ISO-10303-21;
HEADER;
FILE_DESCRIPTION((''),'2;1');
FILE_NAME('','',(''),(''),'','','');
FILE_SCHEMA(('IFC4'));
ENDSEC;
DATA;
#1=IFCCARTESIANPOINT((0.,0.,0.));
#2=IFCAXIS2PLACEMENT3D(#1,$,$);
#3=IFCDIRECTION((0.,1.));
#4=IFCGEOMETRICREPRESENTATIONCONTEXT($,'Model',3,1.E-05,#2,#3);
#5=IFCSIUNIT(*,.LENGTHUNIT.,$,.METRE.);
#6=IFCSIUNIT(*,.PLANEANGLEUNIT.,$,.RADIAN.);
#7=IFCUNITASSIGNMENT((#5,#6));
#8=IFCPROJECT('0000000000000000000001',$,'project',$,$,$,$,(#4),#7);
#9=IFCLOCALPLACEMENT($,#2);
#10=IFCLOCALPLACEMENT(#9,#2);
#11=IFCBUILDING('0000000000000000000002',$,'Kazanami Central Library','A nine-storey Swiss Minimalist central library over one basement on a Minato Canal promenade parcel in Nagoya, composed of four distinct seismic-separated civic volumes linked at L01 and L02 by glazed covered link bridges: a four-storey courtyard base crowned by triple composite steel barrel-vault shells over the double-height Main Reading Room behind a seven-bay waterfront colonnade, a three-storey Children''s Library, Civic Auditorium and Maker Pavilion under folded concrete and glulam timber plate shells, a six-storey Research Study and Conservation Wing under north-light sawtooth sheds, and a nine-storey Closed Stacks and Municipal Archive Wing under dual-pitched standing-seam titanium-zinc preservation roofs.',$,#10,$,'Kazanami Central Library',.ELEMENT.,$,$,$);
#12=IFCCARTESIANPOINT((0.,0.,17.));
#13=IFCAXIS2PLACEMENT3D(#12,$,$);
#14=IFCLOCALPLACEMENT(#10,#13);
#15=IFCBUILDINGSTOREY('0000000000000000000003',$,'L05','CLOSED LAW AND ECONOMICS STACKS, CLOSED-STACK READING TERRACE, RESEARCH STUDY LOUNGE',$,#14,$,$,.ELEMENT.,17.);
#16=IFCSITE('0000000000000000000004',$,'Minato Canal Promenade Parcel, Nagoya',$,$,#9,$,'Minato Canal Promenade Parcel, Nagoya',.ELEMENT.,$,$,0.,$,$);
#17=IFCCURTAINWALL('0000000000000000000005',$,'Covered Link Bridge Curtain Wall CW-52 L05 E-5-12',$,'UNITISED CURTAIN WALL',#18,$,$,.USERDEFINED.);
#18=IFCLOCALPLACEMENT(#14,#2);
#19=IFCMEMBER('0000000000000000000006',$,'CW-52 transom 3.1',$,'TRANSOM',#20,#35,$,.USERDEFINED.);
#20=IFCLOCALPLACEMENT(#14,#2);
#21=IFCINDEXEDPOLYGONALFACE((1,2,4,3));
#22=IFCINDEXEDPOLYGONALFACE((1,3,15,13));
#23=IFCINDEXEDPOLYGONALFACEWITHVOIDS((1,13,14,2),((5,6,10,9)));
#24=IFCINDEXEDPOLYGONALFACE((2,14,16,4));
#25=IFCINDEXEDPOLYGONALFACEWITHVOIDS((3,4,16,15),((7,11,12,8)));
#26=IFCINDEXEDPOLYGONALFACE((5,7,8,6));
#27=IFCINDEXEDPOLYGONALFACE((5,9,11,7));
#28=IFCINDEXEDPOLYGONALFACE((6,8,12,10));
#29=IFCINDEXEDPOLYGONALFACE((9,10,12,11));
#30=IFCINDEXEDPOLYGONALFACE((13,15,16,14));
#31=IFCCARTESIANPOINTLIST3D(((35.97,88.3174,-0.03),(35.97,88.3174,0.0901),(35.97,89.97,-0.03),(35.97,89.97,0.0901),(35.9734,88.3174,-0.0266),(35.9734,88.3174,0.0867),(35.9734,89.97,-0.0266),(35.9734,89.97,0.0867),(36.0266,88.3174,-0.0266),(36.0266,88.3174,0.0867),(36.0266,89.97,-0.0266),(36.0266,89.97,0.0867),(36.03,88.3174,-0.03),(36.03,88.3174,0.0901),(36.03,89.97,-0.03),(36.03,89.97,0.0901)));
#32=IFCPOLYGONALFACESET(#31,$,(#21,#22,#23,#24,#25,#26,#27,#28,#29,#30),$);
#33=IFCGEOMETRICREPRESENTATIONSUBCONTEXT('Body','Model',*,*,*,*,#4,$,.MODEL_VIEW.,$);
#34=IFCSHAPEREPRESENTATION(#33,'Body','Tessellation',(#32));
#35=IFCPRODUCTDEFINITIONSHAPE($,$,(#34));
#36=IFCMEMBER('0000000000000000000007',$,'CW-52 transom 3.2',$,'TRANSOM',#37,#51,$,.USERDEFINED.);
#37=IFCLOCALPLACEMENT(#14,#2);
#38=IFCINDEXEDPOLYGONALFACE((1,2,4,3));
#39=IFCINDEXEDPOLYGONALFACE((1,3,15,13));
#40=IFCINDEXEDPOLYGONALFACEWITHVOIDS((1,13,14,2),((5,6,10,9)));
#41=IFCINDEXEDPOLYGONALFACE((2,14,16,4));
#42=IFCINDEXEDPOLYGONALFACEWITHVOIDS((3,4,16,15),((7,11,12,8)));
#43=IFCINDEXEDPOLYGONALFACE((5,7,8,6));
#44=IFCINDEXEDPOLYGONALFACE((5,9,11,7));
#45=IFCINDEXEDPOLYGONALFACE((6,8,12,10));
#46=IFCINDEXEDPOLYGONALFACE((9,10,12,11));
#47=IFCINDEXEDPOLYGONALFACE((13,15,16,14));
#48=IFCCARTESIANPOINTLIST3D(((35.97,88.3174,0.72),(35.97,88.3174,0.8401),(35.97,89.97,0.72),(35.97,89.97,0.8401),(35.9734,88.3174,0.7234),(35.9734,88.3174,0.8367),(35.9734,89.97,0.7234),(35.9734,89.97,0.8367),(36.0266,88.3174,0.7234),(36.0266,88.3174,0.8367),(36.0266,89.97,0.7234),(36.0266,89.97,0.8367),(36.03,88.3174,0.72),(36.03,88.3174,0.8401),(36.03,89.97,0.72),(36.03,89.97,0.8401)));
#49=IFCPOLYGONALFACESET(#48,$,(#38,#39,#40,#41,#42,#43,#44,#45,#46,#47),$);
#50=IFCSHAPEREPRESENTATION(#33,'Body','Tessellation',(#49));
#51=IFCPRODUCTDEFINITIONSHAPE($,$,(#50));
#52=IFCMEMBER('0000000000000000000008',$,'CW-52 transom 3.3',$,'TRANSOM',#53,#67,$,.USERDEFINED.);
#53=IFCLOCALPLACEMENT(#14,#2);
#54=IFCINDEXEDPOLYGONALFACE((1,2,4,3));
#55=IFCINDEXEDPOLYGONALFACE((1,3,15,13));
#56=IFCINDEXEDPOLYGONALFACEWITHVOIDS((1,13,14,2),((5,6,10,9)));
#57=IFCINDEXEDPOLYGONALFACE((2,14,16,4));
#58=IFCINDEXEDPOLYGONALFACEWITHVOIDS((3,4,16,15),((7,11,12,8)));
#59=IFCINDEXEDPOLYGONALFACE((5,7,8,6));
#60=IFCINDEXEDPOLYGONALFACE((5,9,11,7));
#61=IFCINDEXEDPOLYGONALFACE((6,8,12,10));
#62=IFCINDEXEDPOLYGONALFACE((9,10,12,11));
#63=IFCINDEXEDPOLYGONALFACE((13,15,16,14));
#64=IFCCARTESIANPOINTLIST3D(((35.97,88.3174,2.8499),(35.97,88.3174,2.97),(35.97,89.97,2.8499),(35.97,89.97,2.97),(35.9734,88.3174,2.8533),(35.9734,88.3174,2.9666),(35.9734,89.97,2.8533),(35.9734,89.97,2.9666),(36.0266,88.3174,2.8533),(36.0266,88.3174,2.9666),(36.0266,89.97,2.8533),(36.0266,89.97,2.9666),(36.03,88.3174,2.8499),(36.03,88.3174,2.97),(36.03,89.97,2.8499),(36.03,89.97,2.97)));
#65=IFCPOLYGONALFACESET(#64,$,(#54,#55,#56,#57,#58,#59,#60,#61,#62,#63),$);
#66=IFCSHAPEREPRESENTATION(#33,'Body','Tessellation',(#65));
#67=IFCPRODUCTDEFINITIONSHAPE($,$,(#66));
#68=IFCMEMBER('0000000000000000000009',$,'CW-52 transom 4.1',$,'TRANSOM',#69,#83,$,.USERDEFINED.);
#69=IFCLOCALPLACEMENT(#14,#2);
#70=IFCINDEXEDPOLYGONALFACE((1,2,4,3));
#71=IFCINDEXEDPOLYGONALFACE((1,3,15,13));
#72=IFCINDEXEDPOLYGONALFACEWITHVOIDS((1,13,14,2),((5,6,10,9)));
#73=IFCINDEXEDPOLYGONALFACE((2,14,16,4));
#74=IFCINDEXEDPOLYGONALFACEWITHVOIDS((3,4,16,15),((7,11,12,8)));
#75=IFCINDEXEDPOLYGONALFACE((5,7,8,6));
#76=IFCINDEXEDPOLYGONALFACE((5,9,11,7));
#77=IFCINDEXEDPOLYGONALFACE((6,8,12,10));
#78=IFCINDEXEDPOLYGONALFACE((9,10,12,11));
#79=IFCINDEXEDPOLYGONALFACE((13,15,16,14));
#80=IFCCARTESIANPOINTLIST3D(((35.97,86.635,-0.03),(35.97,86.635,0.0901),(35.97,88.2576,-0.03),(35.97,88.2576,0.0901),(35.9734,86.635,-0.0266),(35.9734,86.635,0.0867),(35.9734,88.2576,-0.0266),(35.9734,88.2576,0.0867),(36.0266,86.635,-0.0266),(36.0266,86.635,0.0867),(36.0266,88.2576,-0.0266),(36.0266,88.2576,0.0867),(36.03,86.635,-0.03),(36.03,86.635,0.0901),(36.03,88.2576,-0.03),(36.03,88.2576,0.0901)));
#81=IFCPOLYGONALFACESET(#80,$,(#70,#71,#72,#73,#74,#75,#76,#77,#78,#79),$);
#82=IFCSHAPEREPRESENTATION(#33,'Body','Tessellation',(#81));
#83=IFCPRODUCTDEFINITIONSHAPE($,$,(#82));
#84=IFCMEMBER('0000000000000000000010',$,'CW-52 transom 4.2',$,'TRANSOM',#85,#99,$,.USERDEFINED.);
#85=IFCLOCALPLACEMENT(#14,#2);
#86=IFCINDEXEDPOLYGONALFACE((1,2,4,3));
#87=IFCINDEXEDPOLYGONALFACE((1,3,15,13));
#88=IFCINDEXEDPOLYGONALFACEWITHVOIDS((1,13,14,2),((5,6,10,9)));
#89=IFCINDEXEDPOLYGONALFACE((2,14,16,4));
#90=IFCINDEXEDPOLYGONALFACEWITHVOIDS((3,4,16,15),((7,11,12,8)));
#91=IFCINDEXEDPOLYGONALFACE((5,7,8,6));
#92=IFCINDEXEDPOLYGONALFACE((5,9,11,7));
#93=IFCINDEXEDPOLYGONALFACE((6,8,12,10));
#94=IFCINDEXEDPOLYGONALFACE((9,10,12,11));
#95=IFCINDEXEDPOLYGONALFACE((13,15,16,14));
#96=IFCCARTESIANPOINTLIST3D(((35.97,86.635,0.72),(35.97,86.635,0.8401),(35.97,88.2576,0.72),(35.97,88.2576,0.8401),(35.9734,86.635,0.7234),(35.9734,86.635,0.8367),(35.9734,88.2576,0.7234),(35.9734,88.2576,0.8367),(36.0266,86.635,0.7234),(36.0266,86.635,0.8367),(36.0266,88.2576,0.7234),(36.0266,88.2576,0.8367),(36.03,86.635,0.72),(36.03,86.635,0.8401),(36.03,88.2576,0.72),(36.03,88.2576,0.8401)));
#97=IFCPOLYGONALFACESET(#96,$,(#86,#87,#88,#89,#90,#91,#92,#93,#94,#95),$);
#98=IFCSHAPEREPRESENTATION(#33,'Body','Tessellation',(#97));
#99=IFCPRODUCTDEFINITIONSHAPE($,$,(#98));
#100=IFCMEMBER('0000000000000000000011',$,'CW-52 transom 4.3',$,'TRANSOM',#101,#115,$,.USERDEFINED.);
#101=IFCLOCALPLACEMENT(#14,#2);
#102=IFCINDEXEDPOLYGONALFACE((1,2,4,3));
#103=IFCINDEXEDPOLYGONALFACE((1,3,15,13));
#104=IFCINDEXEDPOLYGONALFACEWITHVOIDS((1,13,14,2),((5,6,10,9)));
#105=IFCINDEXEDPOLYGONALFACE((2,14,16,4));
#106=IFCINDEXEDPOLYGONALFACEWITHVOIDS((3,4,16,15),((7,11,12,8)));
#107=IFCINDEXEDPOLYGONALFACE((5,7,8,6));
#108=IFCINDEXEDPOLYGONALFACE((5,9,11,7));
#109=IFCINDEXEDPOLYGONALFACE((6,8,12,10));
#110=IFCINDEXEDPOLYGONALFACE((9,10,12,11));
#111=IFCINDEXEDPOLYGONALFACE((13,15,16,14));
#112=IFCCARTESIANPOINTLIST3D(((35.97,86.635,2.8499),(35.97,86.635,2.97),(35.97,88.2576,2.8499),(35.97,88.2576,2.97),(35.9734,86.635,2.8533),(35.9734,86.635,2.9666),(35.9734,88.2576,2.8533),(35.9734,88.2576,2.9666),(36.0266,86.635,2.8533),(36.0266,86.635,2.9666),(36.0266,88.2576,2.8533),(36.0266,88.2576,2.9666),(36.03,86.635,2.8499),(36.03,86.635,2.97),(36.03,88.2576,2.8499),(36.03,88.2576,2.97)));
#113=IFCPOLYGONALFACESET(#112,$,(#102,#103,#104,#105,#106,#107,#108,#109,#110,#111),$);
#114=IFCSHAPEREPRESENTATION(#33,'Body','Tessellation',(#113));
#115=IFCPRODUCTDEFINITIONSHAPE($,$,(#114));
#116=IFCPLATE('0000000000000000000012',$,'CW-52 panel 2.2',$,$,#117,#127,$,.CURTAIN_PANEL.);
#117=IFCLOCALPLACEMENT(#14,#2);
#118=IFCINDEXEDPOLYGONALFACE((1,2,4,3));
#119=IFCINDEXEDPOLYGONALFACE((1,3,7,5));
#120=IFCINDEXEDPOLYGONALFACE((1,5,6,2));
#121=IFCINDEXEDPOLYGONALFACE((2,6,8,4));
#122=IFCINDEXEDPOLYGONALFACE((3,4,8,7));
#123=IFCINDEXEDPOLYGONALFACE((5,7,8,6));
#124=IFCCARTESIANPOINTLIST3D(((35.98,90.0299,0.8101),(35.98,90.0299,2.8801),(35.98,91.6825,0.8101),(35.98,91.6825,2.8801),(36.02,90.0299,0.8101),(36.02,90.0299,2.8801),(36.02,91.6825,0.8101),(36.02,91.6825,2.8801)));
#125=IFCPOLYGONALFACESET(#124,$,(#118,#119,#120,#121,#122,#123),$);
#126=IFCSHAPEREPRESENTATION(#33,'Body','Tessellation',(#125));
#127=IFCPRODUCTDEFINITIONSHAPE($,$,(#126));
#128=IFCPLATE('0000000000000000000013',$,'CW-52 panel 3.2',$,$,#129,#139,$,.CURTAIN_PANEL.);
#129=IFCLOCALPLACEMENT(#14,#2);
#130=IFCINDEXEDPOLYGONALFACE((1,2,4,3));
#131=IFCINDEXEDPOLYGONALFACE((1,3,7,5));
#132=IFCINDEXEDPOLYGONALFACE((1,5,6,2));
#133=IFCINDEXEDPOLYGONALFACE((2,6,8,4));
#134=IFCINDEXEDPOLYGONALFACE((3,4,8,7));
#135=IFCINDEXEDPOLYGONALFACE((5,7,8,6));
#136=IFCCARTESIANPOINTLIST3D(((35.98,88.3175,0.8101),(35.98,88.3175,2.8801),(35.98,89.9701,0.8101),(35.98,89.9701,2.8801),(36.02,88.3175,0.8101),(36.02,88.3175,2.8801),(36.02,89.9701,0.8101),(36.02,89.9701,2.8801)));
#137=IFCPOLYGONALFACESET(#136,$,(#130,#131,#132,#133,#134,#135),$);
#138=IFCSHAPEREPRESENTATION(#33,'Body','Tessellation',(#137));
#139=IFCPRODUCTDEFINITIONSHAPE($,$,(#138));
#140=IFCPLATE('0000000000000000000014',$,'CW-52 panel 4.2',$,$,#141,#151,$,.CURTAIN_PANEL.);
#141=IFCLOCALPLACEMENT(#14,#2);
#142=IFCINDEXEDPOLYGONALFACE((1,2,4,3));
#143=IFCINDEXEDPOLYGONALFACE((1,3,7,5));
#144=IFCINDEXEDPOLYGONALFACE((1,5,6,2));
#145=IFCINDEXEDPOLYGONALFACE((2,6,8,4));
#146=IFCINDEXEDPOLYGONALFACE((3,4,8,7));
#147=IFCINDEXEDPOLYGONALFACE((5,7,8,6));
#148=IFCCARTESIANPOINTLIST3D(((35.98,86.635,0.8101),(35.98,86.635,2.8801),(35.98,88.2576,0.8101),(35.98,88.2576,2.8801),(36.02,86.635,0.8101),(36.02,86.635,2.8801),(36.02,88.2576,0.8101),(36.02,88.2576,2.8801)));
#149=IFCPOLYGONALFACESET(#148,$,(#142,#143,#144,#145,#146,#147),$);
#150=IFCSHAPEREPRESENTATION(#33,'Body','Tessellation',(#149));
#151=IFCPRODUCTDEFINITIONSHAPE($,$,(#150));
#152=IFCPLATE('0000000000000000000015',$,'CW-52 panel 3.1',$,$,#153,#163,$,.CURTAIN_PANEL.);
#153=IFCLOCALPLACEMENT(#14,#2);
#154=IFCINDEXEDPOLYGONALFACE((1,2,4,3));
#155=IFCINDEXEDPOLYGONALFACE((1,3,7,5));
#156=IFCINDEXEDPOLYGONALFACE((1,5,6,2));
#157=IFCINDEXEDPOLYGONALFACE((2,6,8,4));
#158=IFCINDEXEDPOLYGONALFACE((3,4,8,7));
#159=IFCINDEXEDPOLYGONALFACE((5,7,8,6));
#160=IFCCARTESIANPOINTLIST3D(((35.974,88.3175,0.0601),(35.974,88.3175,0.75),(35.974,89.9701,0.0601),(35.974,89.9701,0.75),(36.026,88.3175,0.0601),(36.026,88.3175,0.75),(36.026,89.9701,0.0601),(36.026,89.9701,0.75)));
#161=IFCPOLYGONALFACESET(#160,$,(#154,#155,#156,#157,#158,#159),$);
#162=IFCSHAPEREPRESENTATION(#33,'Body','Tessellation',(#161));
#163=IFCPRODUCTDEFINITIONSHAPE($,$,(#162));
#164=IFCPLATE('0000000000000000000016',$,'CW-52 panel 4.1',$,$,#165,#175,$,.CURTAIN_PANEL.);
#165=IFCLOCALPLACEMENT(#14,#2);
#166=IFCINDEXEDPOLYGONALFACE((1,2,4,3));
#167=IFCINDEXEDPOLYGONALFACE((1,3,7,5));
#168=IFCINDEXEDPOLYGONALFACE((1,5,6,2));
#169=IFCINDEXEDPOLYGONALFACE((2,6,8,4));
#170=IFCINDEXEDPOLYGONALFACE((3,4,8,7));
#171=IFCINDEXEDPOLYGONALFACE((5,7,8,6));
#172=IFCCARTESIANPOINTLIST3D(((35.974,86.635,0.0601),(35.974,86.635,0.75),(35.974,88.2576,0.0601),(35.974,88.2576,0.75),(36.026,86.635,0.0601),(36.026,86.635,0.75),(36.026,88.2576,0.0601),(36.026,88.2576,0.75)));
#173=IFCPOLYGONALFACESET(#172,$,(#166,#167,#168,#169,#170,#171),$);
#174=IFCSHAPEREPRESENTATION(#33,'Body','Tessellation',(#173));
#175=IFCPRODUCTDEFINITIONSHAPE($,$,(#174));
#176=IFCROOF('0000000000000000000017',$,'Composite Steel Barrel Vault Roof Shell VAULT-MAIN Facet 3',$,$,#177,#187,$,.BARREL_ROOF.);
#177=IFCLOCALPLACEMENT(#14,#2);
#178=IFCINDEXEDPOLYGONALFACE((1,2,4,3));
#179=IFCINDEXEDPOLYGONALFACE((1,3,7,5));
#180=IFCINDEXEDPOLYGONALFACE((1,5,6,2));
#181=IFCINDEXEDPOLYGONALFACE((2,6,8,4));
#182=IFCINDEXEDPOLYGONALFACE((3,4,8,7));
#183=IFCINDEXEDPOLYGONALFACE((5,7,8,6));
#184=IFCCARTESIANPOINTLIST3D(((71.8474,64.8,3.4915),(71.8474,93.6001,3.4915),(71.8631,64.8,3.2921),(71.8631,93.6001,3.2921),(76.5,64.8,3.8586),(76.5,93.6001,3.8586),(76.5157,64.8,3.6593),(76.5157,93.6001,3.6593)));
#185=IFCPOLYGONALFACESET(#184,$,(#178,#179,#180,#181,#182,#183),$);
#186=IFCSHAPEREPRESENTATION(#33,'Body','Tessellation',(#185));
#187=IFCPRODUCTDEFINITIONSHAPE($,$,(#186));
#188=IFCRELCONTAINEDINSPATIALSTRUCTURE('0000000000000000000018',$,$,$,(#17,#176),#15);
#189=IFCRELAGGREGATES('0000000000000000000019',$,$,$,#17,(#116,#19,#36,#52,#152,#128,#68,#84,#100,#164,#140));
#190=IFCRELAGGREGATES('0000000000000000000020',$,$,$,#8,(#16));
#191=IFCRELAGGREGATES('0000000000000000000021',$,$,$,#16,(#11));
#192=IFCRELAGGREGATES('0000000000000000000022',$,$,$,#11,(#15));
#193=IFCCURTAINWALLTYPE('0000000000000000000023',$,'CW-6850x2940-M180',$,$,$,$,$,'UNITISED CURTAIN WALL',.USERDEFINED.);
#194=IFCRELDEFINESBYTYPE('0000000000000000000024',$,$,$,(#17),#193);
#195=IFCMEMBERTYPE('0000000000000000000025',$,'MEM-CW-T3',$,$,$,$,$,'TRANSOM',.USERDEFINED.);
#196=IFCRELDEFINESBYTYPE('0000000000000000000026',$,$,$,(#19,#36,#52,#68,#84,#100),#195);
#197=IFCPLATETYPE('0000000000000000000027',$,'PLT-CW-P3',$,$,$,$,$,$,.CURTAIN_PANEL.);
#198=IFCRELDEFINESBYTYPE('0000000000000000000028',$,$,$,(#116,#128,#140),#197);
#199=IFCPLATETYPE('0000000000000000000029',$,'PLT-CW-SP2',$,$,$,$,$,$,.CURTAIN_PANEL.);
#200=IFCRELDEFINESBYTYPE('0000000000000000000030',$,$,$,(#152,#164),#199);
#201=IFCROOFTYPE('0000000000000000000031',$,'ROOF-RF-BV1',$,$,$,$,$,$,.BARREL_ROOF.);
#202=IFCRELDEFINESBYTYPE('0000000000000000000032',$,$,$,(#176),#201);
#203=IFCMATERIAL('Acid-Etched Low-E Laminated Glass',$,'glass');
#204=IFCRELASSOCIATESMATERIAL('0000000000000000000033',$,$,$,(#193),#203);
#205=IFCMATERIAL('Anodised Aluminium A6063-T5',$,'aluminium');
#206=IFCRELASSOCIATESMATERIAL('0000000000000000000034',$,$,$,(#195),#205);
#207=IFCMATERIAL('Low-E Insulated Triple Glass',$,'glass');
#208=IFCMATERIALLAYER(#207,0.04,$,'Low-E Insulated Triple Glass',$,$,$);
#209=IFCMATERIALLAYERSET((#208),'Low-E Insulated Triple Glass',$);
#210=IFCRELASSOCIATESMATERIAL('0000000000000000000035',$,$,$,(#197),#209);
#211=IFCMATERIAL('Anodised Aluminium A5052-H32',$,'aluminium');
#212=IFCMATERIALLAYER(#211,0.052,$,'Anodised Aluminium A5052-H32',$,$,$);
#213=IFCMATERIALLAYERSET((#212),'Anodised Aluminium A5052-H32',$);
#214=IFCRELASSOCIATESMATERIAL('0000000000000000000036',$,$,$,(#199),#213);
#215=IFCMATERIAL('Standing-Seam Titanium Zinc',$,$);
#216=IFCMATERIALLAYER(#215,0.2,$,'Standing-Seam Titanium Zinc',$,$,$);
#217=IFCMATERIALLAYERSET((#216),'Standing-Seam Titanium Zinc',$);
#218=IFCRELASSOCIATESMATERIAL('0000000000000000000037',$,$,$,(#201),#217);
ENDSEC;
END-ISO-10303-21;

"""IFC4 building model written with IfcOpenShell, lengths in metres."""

from ifc_helpers import new_model, si_unit, direction, frame, origin, origin_2d, place, context, subcontext, project, spatial, polyline, rectangle, hollow_rectangle, outline, extrude, material, layer, layer_set, material_profile, profile_set, type_object, element, aggregate, save


model = new_model("IFC4")

# Units and contexts
model_context = context("Model", 3, precision=1e-05, world=origin(), true_north=direction((0.0, 1.0)))
body_context = subcontext(model_context, "Body", "Model", "MODEL_VIEW")
ifc_project = project(units=[si_unit("LENGTHUNIT", "METRE"), si_unit("PLANEANGLEUNIT", "RADIAN")], contexts=[model_context])

# Site, building, storey
site_placement = place(None, origin())
site = spatial("IfcSite", under=ifc_project, at=site_placement, Name="Minato Canal Promenade Parcel, Nagoya", LongName="Minato Canal Promenade Parcel, Nagoya", CompositionType="ELEMENT", RefElevation=0.0)
building_placement = place(site_placement, origin())
building = spatial("IfcBuilding", under=site, at=building_placement, Name="Kazanami Central Library", Description="A nine-storey Swiss Minimalist central library over one basement on a Minato Canal promenade parcel in Nagoya, composed of four distinct seismic-separated civic volumes linked at L01 and L02 by glazed covered link bridges: a four-storey courtyard base crowned by triple composite steel barrel-vault shells over the double-height Main Reading Room behind a seven-bay waterfront colonnade, a three-storey Children's Library, Civic Auditorium and Maker Pavilion under folded concrete and glulam timber plate shells, a six-storey Research Study and Conservation Wing under north-light sawtooth sheds, and a nine-storey Closed Stacks and Municipal Archive Wing under dual-pitched standing-seam titanium-zinc preservation roofs.", LongName="Kazanami Central Library", CompositionType="ELEMENT")
storey_placement = place(building_placement, frame((0.0, 0.0, 17.0)))
storey = spatial("IfcBuildingStorey", under=building, at=storey_placement, Name="L05", Description="CLOSED LAW AND ECONOMICS STACKS, CLOSED-STACK READING TERRACE, RESEARCH STUDY LOUNGE", CompositionType="ELEMENT", Elevation=17.0)

# Curtain wall, members, plates
ifc_material_1 = material(Name="Acid-Etched Low-E Laminated Glass", Category="glass")
curtain_wall_type = type_object("IfcCurtainWallType", Name="CW-6850x2940-M180", ElementType="UNITISED CURTAIN WALL", PredefinedType="USERDEFINED", material=ifc_material_1)
curtain_wall_placement = place(storey_placement, origin())
curtain_wall = element("IfcCurtainWall", 1, at=curtain_wall_placement, inside=storey, type_object=curtain_wall_type, Name="Covered Link Bridge Curtain Wall CW-52 L05 E-5-12", ObjectType="UNITISED CURTAIN WALL", PredefinedType="USERDEFINED")
ifc_material_2 = material(Name="Anodised Aluminium A6063-T5", Category="aluminium")
ifc_material_profile = material_profile(ifc_material_2, hollow_rectangle(XDim=0.0601, YDim=0.1201, WallThickness=0.0034, at=origin_2d()), Name="ALU-TRAN-60x120x3.5")
ifc_profile_set = profile_set([ifc_material_profile], Name="Anodised Aluminium A6063-T5")
member_type = type_object("IfcMemberType", Name="MEM-CW-T3", ElementType="TRANSOM", PredefinedType="USERDEFINED", material=ifc_profile_set)
member_1_placement = place(storey_placement, frame((36.0, 89.97, 0.03), z_axis=(0.0, -1.0, 0.0), x_axis=(1.0, 0.0, 0.0)))
member_1 = element("IfcMember", 2, at=member_1_placement, type_object=member_type, Name="CW-52 transom 3.1", ObjectType="TRANSOM", PredefinedType="USERDEFINED", context=body_context, shape_type="SweptSolid", body=[
    extrude(hollow_rectangle(XDim=0.0601, YDim=0.1201, WallThickness=0.0034, at=origin_2d()), origin(), (0.0, 0.0, 1.0), 1.6526),
])
member_2_placement = place(storey_placement, frame((36.0, 89.97, 0.78), z_axis=(0.0, -1.0, 0.0), x_axis=(1.0, 0.0, 0.0)))
member_2 = element("IfcMember", 3, at=member_2_placement, type_object=member_type, Name="CW-52 transom 3.2", ObjectType="TRANSOM", PredefinedType="USERDEFINED", context=body_context, shape_type="SweptSolid", body=[
    extrude(hollow_rectangle(XDim=0.0601, YDim=0.1201, WallThickness=0.0034, at=origin_2d()), origin(), (0.0, 0.0, 1.0), 1.6526),
])
member_3_placement = place(storey_placement, frame((36.0, 89.97, 2.9099), z_axis=(0.0, -1.0, 0.0), x_axis=(1.0, 0.0, 0.0)))
member_3 = element("IfcMember", 4, at=member_3_placement, type_object=member_type, Name="CW-52 transom 3.3", ObjectType="TRANSOM", PredefinedType="USERDEFINED", context=body_context, shape_type="SweptSolid", body=[
    extrude(hollow_rectangle(XDim=0.0601, YDim=0.1201, WallThickness=0.0034, at=origin_2d()), origin(), (0.0, 0.0, 1.0), 1.6526),
])
member_4_placement = place(storey_placement, frame((36.0, 88.2576, 0.03), z_axis=(0.0, -1.0, 0.0), x_axis=(1.0, 0.0, 0.0)))
member_4 = element("IfcMember", 5, at=member_4_placement, type_object=member_type, Name="CW-52 transom 4.1", ObjectType="TRANSOM", PredefinedType="USERDEFINED", context=body_context, shape_type="SweptSolid", body=[
    extrude(hollow_rectangle(XDim=0.0601, YDim=0.1201, WallThickness=0.0034, at=origin_2d()), origin(), (0.0, 0.0, 1.0), 1.6226),
])
member_5_placement = place(storey_placement, frame((36.0, 88.2576, 0.78), z_axis=(0.0, -1.0, 0.0), x_axis=(1.0, 0.0, 0.0)))
member_5 = element("IfcMember", 6, at=member_5_placement, type_object=member_type, Name="CW-52 transom 4.2", ObjectType="TRANSOM", PredefinedType="USERDEFINED", context=body_context, shape_type="SweptSolid", body=[
    extrude(hollow_rectangle(XDim=0.0601, YDim=0.1201, WallThickness=0.0034, at=origin_2d()), origin(), (0.0, 0.0, 1.0), 1.6226),
])
member_6_placement = place(storey_placement, frame((36.0, 88.2576, 2.9099), z_axis=(0.0, -1.0, 0.0), x_axis=(1.0, 0.0, 0.0)))
member_6 = element("IfcMember", 7, at=member_6_placement, type_object=member_type, Name="CW-52 transom 4.3", ObjectType="TRANSOM", PredefinedType="USERDEFINED", context=body_context, shape_type="SweptSolid", body=[
    extrude(hollow_rectangle(XDim=0.0601, YDim=0.1201, WallThickness=0.0034, at=origin_2d()), origin(), (0.0, 0.0, 1.0), 1.6226),
])
ifc_material_3 = material(Name="Low-E Insulated Triple Glass", Category="glass")
ifc_layer_1 = layer(ifc_material_3, 0.04, Name="Low-E Insulated Triple Glass")
ifc_layer_set_1 = layer_set([ifc_layer_1], Name="Low-E Insulated Triple Glass")
plate_type_1 = type_object("IfcPlateType", Name="PLT-CW-P3", PredefinedType="CURTAIN_PANEL", material=ifc_layer_set_1)
plate_1_placement = place(storey_placement, frame((36.0, 90.8562, 0.8101), z_axis=(0.0, 0.0, 1.0), x_axis=(0.0, -1.0, 0.0)))
plate_1 = element("IfcPlate", 8, at=plate_1_placement, type_object=plate_type_1, Name="CW-52 panel 2.2", PredefinedType="CURTAIN_PANEL", context=body_context, shape_type="SweptSolid", body=[
    extrude(rectangle(XDim=1.6526, YDim=0.04, at=origin_2d()), origin(), (0.0, 0.0, 1.0), 2.0701),
])
plate_2_placement = place(storey_placement, frame((36.0, 89.1438, 0.8101), z_axis=(0.0, 0.0, 1.0), x_axis=(0.0, -1.0, 0.0)))
plate_2 = element("IfcPlate", 9, at=plate_2_placement, type_object=plate_type_1, Name="CW-52 panel 3.2", PredefinedType="CURTAIN_PANEL", context=body_context, shape_type="SweptSolid", body=[
    extrude(rectangle(XDim=1.6526, YDim=0.04, at=origin_2d()), origin(), (0.0, 0.0, 1.0), 2.0701),
])
plate_3_placement = place(storey_placement, frame((36.0, 87.4463, 0.8101), z_axis=(0.0, 0.0, 1.0), x_axis=(0.0, -1.0, 0.0)))
plate_3 = element("IfcPlate", 10, at=plate_3_placement, type_object=plate_type_1, Name="CW-52 panel 4.2", PredefinedType="CURTAIN_PANEL", context=body_context, shape_type="SweptSolid", body=[
    extrude(rectangle(XDim=1.6226, YDim=0.04, at=origin_2d()), origin(), (0.0, 0.0, 1.0), 2.0701),
])
ifc_material_4 = material(Name="Anodised Aluminium A5052-H32", Category="aluminium")
ifc_layer_2 = layer(ifc_material_4, 0.052, Name="Anodised Aluminium A5052-H32")
ifc_layer_set_2 = layer_set([ifc_layer_2], Name="Anodised Aluminium A5052-H32")
plate_type_2 = type_object("IfcPlateType", Name="PLT-CW-SP2", PredefinedType="CURTAIN_PANEL", material=ifc_layer_set_2)
plate_4_placement = place(storey_placement, frame((36.0, 89.1438, 0.0601), z_axis=(0.0, 0.0, 1.0), x_axis=(0.0, -1.0, 0.0)))
plate_4 = element("IfcPlate", 11, at=plate_4_placement, type_object=plate_type_2, Name="CW-52 panel 3.1", PredefinedType="CURTAIN_PANEL", context=body_context, shape_type="SweptSolid", body=[
    extrude(rectangle(XDim=1.6526, YDim=0.052, at=origin_2d()), origin(), (0.0, 0.0, 1.0), 0.6899),
])
plate_5_placement = place(storey_placement, frame((36.0, 87.4463, 0.0601), z_axis=(0.0, 0.0, 1.0), x_axis=(0.0, -1.0, 0.0)))
plate_5 = element("IfcPlate", 12, at=plate_5_placement, type_object=plate_type_2, Name="CW-52 panel 4.1", PredefinedType="CURTAIN_PANEL", context=body_context, shape_type="SweptSolid", body=[
    extrude(rectangle(XDim=1.6226, YDim=0.052, at=origin_2d()), origin(), (0.0, 0.0, 1.0), 0.6899),
])
aggregate(curtain_wall, [plate_1, member_1, member_2, member_3, plate_4, plate_2, member_4, member_5, member_6, plate_5, plate_3])

# Roof
ifc_material_5 = material(Name="Standing-Seam Titanium Zinc")
ifc_layer_3 = layer(ifc_material_5, 0.2, Name="Standing-Seam Titanium Zinc")
ifc_layer_set_3 = layer_set([ifc_layer_3], Name="Standing-Seam Titanium Zinc")
roof_type_1 = type_object("IfcRoofType", Name="ROOF-RF-BV1", PredefinedType="BARREL_ROOF", material=ifc_layer_set_3)
for number, where, z_axis, x_axis, name in (
    (13, (71.8474, 64.8, 3.4915), (-0.078676, 0.0, 0.9969), (0.9969, 0.0, 0.078676), "Composite Steel Barrel Vault Roof Shell VAULT-MAIN Facet 3"),
):
    element("IfcRoof", number, at=place(storey_placement, frame(where, z_axis=z_axis, x_axis=x_axis)), inside=storey, type_object=roof_type_1, Name=name, PredefinedType="BARREL_ROOF", context=body_context, shape_type="SweptSolid", body=[
        extrude(outline(polyline([(0.0, 0.0), (4.6671, 0.0), (4.6671, 28.8), (0.0, 28.8), (0.0, 0.0)])), origin(), (0.0, 0.0, -1.0), 0.2),
    ])

save(model, "model.ifc")
